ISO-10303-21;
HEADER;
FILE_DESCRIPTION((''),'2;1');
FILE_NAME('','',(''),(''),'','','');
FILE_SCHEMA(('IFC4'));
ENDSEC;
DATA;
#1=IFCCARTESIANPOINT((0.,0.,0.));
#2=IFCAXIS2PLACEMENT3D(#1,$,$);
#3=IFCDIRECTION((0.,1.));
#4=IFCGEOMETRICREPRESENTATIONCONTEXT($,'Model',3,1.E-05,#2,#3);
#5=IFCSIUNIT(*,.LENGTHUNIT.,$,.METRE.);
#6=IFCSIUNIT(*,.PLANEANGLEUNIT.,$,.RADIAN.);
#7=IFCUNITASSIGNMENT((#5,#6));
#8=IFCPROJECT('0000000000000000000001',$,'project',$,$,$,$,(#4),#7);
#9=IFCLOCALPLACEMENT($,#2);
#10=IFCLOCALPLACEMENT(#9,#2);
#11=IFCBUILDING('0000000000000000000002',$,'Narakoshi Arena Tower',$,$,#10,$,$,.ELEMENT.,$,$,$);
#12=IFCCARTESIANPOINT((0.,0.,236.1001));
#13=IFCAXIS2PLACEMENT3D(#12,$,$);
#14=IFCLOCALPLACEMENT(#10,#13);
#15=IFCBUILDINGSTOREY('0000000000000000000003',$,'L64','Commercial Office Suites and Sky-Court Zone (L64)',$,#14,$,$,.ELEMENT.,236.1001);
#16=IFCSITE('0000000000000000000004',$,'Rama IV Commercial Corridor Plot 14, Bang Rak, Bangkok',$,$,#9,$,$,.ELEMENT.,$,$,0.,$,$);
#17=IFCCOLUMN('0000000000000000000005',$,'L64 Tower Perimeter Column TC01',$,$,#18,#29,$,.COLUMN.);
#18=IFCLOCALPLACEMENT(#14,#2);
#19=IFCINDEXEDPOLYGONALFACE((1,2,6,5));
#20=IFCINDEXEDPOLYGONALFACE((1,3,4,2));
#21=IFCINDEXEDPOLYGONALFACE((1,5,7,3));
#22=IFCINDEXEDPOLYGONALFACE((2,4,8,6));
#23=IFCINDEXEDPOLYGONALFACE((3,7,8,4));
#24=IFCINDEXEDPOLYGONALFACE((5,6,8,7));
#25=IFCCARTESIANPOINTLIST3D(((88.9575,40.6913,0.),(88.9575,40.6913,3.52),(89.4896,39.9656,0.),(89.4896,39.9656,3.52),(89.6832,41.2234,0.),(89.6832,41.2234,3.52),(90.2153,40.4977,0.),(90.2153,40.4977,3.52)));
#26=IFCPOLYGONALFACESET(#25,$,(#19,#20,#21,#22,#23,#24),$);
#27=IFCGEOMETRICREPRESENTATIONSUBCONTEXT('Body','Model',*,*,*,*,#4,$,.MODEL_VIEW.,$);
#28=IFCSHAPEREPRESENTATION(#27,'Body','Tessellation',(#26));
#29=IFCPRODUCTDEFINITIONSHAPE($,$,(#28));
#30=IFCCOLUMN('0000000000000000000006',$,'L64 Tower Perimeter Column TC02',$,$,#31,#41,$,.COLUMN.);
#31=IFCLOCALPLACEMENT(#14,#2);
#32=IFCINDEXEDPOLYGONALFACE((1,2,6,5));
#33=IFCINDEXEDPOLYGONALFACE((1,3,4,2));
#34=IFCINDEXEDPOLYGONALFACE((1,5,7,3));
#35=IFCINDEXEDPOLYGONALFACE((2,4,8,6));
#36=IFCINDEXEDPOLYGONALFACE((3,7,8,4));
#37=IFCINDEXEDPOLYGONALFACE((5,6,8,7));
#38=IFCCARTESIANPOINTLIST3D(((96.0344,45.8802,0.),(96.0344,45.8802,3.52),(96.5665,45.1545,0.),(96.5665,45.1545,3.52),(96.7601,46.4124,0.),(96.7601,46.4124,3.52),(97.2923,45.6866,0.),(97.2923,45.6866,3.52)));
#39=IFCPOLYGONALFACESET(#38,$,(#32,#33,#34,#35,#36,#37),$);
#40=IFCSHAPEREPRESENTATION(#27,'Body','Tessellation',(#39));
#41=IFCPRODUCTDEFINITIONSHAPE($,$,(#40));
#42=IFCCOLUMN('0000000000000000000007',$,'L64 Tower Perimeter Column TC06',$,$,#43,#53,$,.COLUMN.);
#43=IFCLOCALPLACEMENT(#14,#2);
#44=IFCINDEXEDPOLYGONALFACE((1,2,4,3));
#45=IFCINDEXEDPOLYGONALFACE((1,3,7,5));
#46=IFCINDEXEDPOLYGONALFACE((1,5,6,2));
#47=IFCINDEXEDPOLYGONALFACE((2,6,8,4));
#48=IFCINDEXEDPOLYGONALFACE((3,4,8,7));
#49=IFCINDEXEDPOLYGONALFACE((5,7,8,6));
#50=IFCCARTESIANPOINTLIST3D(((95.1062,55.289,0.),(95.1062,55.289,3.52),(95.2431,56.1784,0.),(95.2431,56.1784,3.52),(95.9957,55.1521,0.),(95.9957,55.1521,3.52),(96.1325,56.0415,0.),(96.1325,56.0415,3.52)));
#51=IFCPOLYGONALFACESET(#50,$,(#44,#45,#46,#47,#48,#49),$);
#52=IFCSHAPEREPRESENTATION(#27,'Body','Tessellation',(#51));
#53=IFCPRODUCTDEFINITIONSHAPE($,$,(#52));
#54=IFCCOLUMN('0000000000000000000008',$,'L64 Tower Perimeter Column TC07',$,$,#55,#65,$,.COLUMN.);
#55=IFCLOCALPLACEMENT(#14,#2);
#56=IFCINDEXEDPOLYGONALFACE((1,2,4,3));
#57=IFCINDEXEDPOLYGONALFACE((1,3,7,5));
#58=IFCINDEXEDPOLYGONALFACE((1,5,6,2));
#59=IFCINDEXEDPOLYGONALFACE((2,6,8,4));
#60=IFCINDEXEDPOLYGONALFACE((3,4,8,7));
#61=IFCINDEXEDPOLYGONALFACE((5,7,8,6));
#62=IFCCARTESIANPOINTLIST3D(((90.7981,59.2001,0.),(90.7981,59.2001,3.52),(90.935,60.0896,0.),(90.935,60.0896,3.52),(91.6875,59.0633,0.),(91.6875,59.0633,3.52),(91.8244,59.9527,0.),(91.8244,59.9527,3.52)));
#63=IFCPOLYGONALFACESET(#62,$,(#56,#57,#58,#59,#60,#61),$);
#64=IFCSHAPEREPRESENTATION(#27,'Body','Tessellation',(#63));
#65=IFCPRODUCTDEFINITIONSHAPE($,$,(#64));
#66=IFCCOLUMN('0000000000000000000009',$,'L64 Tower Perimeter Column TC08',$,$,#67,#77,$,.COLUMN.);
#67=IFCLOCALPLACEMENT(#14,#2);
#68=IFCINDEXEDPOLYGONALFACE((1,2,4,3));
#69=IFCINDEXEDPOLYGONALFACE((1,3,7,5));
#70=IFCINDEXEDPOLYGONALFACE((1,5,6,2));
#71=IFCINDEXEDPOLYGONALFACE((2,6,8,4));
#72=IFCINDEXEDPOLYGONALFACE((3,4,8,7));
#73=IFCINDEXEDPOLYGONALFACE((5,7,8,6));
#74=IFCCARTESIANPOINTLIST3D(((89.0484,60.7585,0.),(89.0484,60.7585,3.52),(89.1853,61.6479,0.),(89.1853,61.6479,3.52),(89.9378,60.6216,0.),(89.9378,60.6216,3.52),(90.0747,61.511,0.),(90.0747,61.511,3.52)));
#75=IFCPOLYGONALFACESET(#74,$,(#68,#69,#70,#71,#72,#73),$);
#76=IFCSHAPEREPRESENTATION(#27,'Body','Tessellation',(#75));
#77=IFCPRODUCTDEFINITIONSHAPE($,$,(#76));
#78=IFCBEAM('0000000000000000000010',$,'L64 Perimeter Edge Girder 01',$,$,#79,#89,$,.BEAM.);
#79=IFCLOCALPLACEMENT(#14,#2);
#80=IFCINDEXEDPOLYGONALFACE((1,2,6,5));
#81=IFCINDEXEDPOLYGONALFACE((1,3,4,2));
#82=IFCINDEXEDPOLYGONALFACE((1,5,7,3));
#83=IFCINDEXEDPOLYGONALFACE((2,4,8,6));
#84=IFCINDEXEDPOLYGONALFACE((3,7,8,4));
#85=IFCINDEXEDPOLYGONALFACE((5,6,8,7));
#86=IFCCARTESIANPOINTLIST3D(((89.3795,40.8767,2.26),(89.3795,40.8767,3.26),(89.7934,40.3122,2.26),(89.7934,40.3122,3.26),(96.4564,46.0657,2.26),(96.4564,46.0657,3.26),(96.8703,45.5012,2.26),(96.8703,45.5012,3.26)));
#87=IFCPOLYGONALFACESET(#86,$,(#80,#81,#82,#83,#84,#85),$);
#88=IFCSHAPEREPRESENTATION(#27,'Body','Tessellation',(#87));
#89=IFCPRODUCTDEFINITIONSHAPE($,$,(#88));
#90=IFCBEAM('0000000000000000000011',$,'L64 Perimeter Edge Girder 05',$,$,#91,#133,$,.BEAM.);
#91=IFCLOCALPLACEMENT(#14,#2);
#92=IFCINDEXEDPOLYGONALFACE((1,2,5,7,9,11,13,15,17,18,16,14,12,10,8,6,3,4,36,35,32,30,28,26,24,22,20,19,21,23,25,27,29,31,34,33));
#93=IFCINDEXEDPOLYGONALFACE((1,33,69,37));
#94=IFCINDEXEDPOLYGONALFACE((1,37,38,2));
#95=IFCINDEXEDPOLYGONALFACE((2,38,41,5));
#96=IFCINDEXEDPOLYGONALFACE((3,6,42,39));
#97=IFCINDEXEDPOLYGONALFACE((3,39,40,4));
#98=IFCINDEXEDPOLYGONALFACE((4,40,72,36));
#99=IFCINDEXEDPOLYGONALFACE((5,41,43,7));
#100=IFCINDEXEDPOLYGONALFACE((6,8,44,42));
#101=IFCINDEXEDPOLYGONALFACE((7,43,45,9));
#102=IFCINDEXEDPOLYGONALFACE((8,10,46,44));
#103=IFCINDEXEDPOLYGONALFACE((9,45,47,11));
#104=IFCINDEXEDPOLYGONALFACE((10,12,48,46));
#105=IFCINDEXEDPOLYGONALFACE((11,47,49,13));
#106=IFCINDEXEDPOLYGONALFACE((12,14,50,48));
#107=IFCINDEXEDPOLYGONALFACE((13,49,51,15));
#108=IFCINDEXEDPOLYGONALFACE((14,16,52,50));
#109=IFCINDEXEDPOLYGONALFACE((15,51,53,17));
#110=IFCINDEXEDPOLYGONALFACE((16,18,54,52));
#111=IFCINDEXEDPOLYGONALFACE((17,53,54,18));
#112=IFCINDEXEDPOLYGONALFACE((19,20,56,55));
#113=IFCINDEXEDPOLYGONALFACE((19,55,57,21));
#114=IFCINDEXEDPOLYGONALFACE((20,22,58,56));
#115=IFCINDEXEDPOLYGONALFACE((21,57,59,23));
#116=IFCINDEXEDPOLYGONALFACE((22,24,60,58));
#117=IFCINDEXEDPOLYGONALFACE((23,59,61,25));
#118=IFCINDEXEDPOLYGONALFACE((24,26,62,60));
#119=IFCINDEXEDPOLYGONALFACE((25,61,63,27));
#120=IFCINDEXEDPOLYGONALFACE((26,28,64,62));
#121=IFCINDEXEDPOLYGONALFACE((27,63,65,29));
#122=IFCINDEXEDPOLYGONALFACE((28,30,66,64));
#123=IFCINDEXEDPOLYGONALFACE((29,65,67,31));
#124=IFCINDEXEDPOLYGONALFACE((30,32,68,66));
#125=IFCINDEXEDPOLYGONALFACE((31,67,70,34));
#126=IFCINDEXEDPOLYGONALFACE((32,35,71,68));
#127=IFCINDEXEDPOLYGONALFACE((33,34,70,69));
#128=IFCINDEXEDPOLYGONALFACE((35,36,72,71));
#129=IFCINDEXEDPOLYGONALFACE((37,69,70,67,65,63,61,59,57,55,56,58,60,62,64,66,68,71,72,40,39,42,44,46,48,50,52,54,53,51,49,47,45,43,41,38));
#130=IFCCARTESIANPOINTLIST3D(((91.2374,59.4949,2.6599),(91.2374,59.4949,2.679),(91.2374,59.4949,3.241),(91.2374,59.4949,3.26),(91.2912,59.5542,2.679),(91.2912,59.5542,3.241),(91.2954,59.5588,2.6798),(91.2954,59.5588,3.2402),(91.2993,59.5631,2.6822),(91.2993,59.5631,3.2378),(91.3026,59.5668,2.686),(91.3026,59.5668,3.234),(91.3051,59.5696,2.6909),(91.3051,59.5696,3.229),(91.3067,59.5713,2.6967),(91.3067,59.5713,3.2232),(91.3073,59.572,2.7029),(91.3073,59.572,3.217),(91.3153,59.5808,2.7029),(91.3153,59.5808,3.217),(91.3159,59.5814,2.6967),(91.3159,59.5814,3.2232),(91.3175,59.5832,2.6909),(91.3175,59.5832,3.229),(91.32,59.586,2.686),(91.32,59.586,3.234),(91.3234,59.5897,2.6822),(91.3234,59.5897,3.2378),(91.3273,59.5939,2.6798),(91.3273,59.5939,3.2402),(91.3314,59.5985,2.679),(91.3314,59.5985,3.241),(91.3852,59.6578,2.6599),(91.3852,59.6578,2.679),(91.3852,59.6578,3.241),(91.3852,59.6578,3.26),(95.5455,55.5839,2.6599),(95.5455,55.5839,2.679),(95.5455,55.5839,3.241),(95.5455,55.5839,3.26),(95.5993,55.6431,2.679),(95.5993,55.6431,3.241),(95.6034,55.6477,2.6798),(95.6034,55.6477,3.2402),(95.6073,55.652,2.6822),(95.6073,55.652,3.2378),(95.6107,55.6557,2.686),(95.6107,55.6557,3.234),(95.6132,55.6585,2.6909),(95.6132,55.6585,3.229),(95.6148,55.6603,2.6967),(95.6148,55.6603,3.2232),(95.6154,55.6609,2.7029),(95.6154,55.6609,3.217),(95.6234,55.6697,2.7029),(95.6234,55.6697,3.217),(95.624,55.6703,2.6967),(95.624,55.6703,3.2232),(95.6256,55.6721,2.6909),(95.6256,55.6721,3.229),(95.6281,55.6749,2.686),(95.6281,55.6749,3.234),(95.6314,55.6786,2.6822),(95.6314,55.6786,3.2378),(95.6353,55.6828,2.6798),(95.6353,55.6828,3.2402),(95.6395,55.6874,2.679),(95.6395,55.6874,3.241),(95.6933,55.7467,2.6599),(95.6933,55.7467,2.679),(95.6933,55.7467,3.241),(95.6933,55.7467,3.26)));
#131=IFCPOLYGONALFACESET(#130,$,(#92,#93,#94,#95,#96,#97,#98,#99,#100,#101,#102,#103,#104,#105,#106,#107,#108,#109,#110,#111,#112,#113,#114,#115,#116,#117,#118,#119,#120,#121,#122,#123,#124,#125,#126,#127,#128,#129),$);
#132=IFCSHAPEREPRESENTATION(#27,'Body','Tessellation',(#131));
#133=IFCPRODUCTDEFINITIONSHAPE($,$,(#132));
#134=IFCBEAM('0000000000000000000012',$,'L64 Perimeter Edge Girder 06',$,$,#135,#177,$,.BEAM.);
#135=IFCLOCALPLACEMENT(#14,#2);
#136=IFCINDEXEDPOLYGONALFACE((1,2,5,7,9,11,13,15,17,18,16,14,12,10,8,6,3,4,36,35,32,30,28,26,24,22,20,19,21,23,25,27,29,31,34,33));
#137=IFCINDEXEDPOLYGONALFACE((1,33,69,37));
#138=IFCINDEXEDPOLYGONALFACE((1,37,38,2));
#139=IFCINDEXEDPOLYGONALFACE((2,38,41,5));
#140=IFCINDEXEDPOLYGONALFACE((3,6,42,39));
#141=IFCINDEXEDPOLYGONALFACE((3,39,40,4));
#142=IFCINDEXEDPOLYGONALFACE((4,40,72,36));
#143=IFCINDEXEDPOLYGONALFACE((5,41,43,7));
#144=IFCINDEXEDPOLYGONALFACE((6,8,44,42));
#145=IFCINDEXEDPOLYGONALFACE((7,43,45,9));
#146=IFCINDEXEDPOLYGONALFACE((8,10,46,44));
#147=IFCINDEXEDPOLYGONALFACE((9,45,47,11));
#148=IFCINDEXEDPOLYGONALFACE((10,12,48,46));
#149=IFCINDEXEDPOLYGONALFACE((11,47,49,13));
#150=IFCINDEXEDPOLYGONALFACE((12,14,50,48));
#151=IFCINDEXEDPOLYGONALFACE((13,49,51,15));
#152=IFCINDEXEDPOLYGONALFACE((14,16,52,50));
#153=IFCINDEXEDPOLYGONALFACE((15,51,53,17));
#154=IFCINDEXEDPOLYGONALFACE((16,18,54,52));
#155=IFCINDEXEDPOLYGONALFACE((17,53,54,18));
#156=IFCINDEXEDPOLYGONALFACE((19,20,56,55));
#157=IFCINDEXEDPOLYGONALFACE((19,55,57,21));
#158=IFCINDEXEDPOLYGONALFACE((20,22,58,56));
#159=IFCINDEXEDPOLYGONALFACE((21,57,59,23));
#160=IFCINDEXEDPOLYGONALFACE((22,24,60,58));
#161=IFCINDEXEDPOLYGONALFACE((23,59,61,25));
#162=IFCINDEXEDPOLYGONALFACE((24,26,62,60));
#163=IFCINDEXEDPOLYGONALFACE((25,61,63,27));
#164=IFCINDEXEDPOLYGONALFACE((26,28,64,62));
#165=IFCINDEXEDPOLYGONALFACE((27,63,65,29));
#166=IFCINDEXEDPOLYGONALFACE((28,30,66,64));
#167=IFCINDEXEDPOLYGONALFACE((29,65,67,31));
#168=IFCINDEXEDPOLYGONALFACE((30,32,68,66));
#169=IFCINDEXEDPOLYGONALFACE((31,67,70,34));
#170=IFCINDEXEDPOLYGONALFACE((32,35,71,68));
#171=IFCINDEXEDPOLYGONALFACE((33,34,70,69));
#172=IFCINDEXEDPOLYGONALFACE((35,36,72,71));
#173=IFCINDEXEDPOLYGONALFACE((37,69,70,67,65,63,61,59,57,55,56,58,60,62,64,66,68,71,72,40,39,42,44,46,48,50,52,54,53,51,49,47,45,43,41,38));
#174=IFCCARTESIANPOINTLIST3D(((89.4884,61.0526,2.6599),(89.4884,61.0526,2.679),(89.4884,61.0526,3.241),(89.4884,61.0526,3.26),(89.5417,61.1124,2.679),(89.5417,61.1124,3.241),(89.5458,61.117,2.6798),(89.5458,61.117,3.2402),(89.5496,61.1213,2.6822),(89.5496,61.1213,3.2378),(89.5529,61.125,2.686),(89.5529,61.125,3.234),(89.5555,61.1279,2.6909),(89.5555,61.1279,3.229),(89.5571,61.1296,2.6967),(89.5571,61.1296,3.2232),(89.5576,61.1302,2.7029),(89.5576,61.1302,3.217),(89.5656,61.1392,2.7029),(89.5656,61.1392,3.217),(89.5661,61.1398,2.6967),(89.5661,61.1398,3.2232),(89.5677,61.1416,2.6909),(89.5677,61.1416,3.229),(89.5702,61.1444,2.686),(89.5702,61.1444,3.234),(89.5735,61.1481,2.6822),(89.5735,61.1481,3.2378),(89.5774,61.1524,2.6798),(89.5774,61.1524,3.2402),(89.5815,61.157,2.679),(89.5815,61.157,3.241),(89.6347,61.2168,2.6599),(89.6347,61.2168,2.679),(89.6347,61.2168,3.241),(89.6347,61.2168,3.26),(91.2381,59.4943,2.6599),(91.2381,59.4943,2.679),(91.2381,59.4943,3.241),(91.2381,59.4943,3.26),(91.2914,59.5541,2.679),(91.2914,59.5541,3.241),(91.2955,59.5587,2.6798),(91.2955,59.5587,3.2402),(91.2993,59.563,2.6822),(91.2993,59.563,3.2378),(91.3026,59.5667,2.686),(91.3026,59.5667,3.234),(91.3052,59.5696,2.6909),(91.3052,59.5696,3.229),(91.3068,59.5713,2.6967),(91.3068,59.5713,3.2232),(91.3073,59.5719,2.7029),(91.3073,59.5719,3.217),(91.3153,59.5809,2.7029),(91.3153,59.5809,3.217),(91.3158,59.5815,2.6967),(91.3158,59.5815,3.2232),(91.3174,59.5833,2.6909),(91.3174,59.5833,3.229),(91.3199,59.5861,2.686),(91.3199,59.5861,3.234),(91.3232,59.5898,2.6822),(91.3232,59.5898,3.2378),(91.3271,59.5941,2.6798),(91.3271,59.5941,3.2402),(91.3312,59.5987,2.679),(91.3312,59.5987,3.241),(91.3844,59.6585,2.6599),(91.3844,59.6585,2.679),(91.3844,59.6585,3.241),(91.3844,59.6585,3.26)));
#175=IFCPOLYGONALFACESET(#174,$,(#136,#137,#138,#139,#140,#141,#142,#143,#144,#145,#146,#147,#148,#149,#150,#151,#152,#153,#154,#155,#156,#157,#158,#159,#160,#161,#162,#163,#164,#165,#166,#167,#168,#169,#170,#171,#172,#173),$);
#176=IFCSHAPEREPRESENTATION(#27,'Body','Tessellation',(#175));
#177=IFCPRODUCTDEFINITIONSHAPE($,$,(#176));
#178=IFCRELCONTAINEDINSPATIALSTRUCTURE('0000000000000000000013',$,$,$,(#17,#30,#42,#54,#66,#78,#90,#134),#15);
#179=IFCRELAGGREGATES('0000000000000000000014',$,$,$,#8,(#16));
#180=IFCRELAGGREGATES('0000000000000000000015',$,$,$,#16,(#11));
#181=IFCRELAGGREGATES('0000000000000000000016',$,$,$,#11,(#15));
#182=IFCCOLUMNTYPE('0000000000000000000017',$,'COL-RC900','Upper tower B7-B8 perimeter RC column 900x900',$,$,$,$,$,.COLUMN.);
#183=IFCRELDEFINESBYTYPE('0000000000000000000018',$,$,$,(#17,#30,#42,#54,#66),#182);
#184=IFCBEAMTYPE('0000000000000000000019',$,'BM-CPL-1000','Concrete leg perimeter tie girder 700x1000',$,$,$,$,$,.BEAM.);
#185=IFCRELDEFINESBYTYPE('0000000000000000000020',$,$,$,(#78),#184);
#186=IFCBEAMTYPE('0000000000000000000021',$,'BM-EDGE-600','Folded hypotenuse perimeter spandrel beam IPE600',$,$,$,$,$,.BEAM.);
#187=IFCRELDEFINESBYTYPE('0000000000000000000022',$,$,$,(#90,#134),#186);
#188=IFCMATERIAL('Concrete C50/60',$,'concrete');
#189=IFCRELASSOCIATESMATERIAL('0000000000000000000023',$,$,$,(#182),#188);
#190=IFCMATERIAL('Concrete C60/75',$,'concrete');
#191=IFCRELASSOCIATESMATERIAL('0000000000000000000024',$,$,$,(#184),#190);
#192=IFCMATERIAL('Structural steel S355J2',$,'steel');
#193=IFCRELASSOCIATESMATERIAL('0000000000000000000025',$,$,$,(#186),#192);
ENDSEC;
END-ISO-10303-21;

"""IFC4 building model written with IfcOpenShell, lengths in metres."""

from ifc_helpers import new_model, si_unit, direction, frame, origin, origin_2d, place, context, subcontext, project, spatial, rectangle, i_section, extrude, material, material_profile, profile_set, type_object, element, save


model = new_model("IFC4")

# Units and contexts
model_context = context("Model", 3, precision=1e-05, world=origin(), true_north=direction((0.0, 1.0)))
body_context = subcontext(model_context, "Body", "Model", "MODEL_VIEW")
ifc_project = project(units=[si_unit("LENGTHUNIT", "METRE"), si_unit("PLANEANGLEUNIT", "RADIAN")], contexts=[model_context])

# Site, building, storey
site_placement = place(None, origin())
site = spatial("IfcSite", under=ifc_project, at=site_placement, Name="Rama IV Commercial Corridor Plot 14, Bang Rak, Bangkok", CompositionType="ELEMENT", RefElevation=0.0)
building_placement = place(site_placement, origin())
building = spatial("IfcBuilding", under=site, at=building_placement, Name="Narakoshi Arena Tower", CompositionType="ELEMENT")
storey_placement = place(building_placement, frame((0.0, 0.0, 236.1001)))
storey = spatial("IfcBuildingStorey", under=building, at=storey_placement, Name="L64", Description="Commercial Office Suites and Sky-Court Zone (L64)", CompositionType="ELEMENT", Elevation=236.1001)

# Columns
ifc_material_1 = material(Name="Concrete C50/60", Category="concrete")
ifc_material_profile_1 = material_profile(ifc_material_1, rectangle(XDim=0.8999, YDim=0.8999, at=origin_2d()), Name="RC900x900")
ifc_profile_set_1 = profile_set([ifc_material_profile_1], Name="Concrete C50/60")
column_type = type_object("IfcColumnType", Name="COL-RC900", Description="Upper tower B7-B8 perimeter RC column 900x900", PredefinedType="COLUMN", material=ifc_profile_set_1)
for number, where, z_axis, x_axis, name in (
    (1, (89.5864, 40.5945, 0.0), (0.0, 0.0, 1.0), (0.806445, 0.59131, 0.0), "L64 Tower Perimeter Column TC01"),
    (2, (96.6633, 45.7834, 0.0), (0.0, 0.0, 1.0), (0.806445, 0.59131, 0.0), "L64 Tower Perimeter Column TC02"),
    (3, (95.6194, 55.6653, 0.0), (0.0, 0.0, 1.0), (0.152123, 0.988362, 0.0), "L64 Tower Perimeter Column TC06"),
    (4, (91.3113, 59.5764, 0.0), (0.0, 0.0, 1.0), (0.152123, 0.988362, 0.0), "L64 Tower Perimeter Column TC07"),
    (5, (89.5615, 61.1348, 0.0), (0.0, 0.0, 1.0), (0.152123, 0.988362, 0.0), "L64 Tower Perimeter Column TC08"),
):
    element("IfcColumn", number, at=place(storey_placement, frame(where, z_axis=z_axis, x_axis=x_axis)), inside=storey, type_object=column_type, Name=name, PredefinedType="COLUMN", context=body_context, shape_type="SweptSolid", body=[
        extrude(rectangle(XDim=0.8999, YDim=0.8999, at=origin_2d()), origin(), (0.0, 0.0, 1.0), 3.52),
    ])

# Beams
ifc_material_2 = material(Name="Concrete C60/75", Category="concrete")
ifc_material_profile_2 = material_profile(ifc_material_2, rectangle(XDim=0.7, YDim=1.0, at=origin_2d()), Name="RCB700x1000")
ifc_profile_set_2 = profile_set([ifc_material_profile_2], Name="Concrete C60/75")
beam_type_1 = type_object("IfcBeamType", Name="BM-CPL-1000", Description="Concrete leg perimeter tie girder 700x1000", PredefinedType="BEAM", material=ifc_profile_set_2)
beam_1_placement = place(storey_placement, frame((89.5864, 40.5945, 2.76), z_axis=(0.806447, 0.591307, 0.0), x_axis=(-0.591307, 0.806447, 0.0)))
element("IfcBeam", 6, at=beam_1_placement, inside=storey, type_object=beam_type_1, Name="L64 Perimeter Edge Girder 01", PredefinedType="BEAM", context=body_context, shape_type="SweptSolid", body=[
    extrude(rectangle(XDim=0.7, YDim=1.0, at=origin_2d()), origin(), (0.0, 0.0, 1.0), 8.7754),
])
ifc_material_3 = material(Name="Structural steel S355J2", Category="steel")
ifc_material_profile_3 = material_profile(ifc_material_3, i_section(OverallWidth=0.22, OverallDepth=0.6001, WebThickness=0.012, FlangeThickness=0.019, FilletRadius=0.0239, at=origin_2d()), Name="IPE600")
ifc_profile_set_3 = profile_set([ifc_material_profile_3], Name="Structural steel S355J2")
beam_type_2 = type_object("IfcBeamType", Name="BM-EDGE-600", Description="Folded hypotenuse perimeter spandrel beam IPE600", PredefinedType="BEAM", material=ifc_profile_set_3)
beam_2_placement = place(storey_placement, frame((95.6194, 55.6653, 2.96), z_axis=(-0.740396, 0.672171, 0.0), x_axis=(-0.672171, -0.740396, 0.0)))
element("IfcBeam", 7, at=beam_2_placement, inside=storey, type_object=beam_type_2, Name="L64 Perimeter Edge Girder 05", PredefinedType="BEAM", context=body_context, shape_type="SweptSolid", body=[
    extrude(i_section(OverallWidth=0.22, OverallDepth=0.6001, WebThickness=0.012, FlangeThickness=0.019, FilletRadius=0.0239, at=origin_2d()), origin(), (0.0, 0.0, 1.0), 5.8186),
])
beam_3_placement = place(storey_placement, frame((91.3113, 59.5764, 2.96), z_axis=(-0.746771, 0.665081, 0.0), x_axis=(-0.665081, -0.746771, 0.0)))
element("IfcBeam", 8, at=beam_3_placement, inside=storey, type_object=beam_type_2, Name="L64 Perimeter Edge Girder 06", PredefinedType="BEAM", context=body_context, shape_type="SweptSolid", body=[
    extrude(i_section(OverallWidth=0.22, OverallDepth=0.6001, WebThickness=0.012, FlangeThickness=0.019, FilletRadius=0.0239, at=origin_2d()), origin(), (0.0, 0.0, 1.0), 2.343),
])

save(model, "model.ifc")
